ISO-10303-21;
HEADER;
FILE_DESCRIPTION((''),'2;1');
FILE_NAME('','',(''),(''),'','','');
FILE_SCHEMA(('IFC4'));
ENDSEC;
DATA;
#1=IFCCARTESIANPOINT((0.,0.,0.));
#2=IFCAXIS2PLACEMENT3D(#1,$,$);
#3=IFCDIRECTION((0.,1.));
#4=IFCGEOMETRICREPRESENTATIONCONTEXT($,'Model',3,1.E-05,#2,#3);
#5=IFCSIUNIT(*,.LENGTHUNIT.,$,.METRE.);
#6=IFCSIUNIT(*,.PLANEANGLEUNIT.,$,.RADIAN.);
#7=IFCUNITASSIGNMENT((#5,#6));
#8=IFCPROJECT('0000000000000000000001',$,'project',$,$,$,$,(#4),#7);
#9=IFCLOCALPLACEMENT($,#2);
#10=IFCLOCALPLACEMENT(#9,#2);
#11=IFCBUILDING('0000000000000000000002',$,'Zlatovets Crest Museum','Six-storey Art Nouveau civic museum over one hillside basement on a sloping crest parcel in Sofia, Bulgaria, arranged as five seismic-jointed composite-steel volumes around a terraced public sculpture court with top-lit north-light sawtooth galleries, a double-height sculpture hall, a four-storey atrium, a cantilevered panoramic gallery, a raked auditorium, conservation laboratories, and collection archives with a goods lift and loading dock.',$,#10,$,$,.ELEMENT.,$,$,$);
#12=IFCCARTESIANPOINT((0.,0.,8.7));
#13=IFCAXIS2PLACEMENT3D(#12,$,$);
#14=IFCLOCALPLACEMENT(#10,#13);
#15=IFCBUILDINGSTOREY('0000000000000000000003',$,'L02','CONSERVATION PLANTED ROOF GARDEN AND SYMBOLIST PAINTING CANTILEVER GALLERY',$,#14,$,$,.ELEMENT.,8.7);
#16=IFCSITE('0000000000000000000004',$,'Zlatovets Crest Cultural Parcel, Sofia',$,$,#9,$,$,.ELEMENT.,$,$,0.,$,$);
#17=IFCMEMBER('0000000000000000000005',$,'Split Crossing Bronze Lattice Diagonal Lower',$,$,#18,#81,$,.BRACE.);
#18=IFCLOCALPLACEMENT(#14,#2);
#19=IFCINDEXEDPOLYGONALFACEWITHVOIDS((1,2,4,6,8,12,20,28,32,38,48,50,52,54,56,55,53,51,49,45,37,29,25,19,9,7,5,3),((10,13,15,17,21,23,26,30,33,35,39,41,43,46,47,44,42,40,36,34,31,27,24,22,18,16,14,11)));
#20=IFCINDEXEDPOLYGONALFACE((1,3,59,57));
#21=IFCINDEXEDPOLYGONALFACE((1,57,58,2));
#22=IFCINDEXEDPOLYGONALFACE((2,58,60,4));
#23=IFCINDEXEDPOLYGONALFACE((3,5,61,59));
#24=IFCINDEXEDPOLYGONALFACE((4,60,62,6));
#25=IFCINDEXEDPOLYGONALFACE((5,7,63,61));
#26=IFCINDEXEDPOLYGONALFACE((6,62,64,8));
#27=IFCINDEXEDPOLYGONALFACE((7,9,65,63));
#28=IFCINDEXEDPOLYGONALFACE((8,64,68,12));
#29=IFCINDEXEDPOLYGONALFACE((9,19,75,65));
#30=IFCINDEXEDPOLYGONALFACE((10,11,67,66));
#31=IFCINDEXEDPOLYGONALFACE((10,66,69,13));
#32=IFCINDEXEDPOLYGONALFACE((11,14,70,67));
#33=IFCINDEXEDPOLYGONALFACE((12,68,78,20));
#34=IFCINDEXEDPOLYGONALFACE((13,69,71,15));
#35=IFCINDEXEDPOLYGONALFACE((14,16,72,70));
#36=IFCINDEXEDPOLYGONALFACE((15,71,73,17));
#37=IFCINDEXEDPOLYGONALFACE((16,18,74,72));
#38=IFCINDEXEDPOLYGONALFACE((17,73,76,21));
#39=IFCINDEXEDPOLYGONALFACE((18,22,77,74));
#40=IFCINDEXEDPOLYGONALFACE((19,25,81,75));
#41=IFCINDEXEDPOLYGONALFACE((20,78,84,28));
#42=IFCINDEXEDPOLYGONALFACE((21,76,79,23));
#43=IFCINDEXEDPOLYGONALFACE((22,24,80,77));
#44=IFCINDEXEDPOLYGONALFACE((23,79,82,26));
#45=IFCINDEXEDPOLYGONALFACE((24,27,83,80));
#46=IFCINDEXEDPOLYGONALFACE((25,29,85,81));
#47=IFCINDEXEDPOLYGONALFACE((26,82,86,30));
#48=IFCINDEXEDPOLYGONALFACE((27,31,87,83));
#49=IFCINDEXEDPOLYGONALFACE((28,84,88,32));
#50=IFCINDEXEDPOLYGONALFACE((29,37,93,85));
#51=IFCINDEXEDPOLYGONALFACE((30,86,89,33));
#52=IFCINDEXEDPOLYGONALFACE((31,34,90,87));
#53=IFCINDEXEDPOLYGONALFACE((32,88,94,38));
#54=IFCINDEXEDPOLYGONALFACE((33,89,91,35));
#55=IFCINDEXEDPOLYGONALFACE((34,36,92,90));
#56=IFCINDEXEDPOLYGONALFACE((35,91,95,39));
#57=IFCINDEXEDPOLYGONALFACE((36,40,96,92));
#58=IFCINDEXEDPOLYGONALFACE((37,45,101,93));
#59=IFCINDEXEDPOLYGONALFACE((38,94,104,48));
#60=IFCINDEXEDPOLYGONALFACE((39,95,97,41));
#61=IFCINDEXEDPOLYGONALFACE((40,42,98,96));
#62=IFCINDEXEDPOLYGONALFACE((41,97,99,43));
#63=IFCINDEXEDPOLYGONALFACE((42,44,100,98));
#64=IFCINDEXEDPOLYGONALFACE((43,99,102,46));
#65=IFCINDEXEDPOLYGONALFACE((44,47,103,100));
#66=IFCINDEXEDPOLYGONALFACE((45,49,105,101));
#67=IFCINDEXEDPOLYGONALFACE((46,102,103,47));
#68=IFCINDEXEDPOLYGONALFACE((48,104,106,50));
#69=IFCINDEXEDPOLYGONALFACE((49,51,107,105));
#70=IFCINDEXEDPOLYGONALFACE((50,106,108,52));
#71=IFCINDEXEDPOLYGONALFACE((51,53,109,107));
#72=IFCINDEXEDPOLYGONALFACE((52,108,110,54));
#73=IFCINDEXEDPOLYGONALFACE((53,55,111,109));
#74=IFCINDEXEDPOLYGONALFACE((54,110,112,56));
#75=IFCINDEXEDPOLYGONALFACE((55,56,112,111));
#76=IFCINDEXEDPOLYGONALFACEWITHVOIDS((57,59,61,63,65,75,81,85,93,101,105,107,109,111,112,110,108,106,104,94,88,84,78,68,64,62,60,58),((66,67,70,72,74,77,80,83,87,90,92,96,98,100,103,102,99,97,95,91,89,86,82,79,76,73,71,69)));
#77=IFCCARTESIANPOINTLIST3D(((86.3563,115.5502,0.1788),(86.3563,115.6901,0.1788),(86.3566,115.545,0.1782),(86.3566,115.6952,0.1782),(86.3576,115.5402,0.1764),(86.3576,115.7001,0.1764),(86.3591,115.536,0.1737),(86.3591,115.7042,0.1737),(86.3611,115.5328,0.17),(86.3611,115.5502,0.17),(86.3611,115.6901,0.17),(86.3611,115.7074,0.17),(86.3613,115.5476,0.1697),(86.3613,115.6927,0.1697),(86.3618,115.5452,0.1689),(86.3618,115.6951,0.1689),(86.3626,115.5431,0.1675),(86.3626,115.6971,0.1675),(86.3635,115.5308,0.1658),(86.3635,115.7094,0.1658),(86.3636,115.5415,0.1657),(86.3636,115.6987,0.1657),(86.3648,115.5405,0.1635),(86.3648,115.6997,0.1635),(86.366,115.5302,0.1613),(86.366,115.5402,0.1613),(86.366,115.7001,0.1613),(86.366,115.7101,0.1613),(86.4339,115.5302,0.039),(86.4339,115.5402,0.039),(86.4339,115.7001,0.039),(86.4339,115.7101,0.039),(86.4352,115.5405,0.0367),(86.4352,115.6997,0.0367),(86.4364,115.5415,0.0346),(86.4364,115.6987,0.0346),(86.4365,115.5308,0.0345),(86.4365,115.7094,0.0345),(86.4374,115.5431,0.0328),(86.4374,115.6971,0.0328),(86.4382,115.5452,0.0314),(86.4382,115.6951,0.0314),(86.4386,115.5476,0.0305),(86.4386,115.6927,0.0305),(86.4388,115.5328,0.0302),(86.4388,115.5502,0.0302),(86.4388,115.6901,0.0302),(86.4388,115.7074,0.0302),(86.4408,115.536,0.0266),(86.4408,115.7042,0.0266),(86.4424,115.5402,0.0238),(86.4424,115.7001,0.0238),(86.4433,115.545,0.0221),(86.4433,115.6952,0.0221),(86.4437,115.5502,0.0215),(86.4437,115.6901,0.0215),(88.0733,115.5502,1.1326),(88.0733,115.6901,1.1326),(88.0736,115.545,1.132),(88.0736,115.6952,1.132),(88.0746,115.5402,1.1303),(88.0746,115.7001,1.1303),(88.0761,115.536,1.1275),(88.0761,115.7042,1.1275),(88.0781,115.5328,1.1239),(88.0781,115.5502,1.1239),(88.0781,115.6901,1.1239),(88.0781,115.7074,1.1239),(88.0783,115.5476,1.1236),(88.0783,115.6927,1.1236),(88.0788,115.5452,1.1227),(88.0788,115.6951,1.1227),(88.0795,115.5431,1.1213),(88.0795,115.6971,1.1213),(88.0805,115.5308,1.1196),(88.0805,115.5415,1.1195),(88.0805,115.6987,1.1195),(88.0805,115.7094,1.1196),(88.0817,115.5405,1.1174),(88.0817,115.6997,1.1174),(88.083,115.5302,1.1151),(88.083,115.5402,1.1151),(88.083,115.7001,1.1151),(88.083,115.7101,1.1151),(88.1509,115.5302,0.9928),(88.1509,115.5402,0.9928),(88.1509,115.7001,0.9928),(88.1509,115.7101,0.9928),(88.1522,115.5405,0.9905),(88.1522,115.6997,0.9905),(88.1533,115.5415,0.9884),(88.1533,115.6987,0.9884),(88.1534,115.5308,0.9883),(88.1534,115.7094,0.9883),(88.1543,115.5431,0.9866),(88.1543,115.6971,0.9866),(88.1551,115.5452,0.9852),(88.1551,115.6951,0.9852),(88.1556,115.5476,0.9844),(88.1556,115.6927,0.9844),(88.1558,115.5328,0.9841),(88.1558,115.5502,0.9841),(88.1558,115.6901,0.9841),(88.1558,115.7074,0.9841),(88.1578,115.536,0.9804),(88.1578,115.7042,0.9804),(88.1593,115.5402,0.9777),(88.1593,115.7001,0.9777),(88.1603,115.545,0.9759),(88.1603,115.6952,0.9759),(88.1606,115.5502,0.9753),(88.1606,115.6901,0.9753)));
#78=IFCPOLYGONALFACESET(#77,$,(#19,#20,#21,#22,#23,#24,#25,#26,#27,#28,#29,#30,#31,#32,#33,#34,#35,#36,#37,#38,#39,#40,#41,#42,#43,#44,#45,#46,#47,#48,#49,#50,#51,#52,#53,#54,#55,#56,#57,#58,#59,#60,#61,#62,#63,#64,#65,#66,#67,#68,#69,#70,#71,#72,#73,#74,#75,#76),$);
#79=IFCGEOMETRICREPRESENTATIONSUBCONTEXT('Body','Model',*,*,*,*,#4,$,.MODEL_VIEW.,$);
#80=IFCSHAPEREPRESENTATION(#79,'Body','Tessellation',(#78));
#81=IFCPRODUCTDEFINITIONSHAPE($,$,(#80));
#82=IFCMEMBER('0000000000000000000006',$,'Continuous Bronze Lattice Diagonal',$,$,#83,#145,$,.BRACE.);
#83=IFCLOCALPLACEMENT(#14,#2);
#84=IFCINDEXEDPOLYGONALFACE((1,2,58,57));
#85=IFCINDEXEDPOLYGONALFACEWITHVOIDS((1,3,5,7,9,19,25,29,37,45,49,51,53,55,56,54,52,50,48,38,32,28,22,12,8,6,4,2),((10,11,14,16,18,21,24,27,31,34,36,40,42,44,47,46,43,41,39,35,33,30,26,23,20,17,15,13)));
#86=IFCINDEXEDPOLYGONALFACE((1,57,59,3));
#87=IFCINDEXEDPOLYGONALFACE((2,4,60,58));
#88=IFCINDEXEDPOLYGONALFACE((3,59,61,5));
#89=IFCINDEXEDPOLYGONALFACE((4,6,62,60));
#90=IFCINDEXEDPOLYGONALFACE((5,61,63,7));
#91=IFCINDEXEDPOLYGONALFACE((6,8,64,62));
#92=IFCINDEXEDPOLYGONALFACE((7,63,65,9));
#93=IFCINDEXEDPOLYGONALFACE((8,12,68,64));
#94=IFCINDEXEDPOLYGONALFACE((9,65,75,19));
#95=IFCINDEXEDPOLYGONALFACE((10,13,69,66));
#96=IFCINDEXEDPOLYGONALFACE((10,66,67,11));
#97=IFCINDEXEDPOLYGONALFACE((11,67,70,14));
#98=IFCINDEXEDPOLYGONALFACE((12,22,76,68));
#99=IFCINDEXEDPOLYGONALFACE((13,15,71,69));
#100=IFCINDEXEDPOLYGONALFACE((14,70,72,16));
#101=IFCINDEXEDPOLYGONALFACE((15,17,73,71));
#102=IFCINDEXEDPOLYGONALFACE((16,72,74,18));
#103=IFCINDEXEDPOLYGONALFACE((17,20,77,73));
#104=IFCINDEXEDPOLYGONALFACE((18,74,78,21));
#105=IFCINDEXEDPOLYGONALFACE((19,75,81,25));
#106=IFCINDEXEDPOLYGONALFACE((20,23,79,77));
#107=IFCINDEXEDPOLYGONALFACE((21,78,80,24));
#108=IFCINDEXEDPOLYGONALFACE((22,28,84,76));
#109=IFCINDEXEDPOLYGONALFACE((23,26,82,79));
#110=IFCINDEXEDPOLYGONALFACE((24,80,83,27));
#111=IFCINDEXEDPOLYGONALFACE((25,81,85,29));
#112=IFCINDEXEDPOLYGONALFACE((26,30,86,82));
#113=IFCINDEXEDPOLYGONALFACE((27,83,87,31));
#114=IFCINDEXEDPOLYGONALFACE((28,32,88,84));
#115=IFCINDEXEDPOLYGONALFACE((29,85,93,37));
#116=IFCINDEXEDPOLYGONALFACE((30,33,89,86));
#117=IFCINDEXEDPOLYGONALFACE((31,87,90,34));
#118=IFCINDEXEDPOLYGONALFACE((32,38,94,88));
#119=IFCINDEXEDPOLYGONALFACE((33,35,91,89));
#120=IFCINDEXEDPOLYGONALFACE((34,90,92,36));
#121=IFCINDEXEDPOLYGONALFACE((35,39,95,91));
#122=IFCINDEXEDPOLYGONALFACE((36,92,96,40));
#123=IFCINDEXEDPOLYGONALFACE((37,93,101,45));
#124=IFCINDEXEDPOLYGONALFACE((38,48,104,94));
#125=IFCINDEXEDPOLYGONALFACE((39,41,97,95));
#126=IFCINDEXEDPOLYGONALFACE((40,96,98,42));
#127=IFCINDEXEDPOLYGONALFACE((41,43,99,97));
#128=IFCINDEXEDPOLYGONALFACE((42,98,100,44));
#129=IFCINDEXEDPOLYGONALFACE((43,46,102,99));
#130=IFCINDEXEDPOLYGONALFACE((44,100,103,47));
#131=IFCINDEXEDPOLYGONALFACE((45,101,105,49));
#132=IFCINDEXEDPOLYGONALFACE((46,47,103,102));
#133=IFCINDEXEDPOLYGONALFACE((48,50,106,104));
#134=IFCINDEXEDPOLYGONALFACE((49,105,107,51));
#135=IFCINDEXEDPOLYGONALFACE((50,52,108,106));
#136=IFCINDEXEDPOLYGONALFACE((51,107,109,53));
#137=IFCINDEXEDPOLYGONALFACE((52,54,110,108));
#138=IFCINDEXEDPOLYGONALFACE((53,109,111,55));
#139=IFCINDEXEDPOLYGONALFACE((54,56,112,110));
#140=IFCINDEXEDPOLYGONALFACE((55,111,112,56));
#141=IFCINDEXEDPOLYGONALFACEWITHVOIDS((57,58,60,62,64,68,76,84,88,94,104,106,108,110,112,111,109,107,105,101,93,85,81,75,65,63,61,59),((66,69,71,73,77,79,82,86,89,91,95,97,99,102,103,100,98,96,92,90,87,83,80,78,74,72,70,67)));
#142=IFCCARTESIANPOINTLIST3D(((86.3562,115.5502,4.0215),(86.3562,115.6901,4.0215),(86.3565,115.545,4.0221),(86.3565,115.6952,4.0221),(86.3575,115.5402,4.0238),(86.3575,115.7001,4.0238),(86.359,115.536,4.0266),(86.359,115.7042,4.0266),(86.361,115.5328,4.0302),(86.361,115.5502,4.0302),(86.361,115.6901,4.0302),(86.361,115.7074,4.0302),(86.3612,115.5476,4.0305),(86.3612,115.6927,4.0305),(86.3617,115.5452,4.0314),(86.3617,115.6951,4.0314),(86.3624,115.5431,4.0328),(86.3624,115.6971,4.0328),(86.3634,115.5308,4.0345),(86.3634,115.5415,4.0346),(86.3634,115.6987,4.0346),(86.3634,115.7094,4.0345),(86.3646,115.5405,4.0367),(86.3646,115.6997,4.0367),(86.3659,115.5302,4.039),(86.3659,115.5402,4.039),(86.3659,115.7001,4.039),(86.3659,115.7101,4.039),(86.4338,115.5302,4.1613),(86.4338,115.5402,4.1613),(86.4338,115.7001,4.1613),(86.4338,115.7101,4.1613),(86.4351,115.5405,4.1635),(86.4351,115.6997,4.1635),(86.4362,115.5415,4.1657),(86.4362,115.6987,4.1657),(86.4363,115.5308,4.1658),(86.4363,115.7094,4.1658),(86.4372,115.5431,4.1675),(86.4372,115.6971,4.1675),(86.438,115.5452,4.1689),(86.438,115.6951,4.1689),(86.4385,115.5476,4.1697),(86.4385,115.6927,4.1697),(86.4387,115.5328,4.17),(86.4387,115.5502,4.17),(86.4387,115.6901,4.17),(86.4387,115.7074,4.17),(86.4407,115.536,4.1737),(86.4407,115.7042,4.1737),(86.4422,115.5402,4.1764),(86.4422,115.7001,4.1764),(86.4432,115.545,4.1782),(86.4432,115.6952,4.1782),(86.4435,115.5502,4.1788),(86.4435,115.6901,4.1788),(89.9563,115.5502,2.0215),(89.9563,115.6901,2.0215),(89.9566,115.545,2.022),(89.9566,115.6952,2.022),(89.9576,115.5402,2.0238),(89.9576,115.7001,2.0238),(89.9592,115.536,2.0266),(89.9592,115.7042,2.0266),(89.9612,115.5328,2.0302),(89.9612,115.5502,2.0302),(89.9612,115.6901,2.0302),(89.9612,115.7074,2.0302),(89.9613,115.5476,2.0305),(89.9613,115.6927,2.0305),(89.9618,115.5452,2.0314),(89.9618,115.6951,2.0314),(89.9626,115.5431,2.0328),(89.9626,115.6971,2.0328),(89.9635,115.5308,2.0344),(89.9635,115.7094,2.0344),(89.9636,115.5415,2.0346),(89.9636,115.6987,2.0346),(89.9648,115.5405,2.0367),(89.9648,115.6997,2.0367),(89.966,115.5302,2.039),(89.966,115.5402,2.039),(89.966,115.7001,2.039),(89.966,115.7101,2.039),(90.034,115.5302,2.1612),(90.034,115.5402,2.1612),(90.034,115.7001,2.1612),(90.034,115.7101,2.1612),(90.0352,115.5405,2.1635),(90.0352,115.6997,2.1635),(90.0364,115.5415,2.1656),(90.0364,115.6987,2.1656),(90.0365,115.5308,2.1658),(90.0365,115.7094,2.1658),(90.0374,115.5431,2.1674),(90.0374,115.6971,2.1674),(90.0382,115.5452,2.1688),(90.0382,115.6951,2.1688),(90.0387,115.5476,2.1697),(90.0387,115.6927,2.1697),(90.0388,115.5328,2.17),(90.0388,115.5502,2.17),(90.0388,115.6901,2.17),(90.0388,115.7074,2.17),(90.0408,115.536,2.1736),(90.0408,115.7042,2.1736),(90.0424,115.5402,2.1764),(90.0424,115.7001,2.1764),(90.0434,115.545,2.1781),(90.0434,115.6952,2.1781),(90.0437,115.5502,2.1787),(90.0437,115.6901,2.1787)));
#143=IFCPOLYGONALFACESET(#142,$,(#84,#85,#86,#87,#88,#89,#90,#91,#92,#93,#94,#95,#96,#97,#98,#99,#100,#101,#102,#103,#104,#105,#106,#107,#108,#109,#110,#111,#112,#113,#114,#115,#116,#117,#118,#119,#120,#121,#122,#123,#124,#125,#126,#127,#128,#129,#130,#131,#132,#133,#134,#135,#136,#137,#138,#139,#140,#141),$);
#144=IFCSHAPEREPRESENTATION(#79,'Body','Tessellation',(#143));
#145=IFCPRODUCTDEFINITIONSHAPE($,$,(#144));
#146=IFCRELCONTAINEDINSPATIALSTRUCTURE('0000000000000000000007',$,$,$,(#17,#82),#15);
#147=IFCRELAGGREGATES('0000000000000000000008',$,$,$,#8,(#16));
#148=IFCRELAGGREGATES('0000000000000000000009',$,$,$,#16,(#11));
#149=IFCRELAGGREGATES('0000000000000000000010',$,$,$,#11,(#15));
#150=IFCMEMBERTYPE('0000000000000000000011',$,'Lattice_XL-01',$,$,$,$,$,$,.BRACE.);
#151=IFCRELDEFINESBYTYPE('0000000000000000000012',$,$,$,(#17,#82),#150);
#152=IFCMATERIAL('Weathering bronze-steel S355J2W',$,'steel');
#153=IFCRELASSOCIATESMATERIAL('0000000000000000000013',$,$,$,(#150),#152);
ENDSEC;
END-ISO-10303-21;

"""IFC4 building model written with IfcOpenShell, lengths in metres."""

from ifc_helpers import new_model, si_unit, direction, frame, origin, origin_2d, place, context, subcontext, project, spatial, hollow_rectangle, extrude, material, material_profile, profile_set, type_object, element, save


model = new_model("IFC4")

# Units and contexts
model_context = context("Model", 3, precision=1e-05, world=origin(), true_north=direction((0.0, 1.0)))
body_context = subcontext(model_context, "Body", "Model", "MODEL_VIEW")
ifc_project = project(units=[si_unit("LENGTHUNIT", "METRE"), si_unit("PLANEANGLEUNIT", "RADIAN")], contexts=[model_context])

# Site, building, storey
site_placement = place(None, origin())
site = spatial("IfcSite", under=ifc_project, at=site_placement, Name="Zlatovets Crest Cultural Parcel, Sofia", CompositionType="ELEMENT", RefElevation=0.0)
building_placement = place(site_placement, origin())
building = spatial("IfcBuilding", under=site, at=building_placement, Name="Zlatovets Crest Museum", Description="Six-storey Art Nouveau civic museum over one hillside basement on a sloping crest parcel in Sofia, Bulgaria, arranged as five seismic-jointed composite-steel volumes around a terraced public sculpture court with top-lit north-light sawtooth galleries, a double-height sculpture hall, a four-storey atrium, a cantilevered panoramic gallery, a raked auditorium, conservation laboratories, and collection archives with a goods lift and loading dock.", CompositionType="ELEMENT")
storey_placement = place(building_placement, frame((0.0, 0.0, 8.7)))
storey = spatial("IfcBuildingStorey", under=building, at=storey_placement, Name="L02", Description="CONSERVATION PLANTED ROOF GARDEN AND SYMBOLIST PAINTING CANTILEVER GALLERY", CompositionType="ELEMENT", Elevation=8.7)

# Members
ifc_material_1 = material(Name="Weathering bronze-steel S355J2W", Category="steel")
ifc_material_profile_1 = material_profile(ifc_material_1, hollow_rectangle(XDim=0.1799, YDim=0.1799, WallThickness=0.01, InnerFilletRadius=0.01, OuterFilletRadius=0.02, at=origin_2d()), Name="SHS 180x180x10.0")
ifc_profile_set_1 = profile_set([ifc_material_profile_1], Name="Weathering bronze-steel S355J2W")
member_type_1 = type_object("IfcMemberType", Name="Lattice_XL-01", PredefinedType="BRACE", material=ifc_profile_set_1)
for number, where, z_axis, x_axis, name in (
    (1, (88.1169, 115.6201, 1.054), (-0.874169, 0.0, -0.485622), (0.0, -1.0, 0.0), "Split Crossing Bronze Lattice Diagonal Lower"),
):
    element("IfcMember", number, at=place(storey_placement, frame(where, z_axis=z_axis, x_axis=x_axis)), inside=storey, type_object=member_type_1, Name=name, PredefinedType="BRACE", context=body_context, shape_type="SweptSolid", body=[
        extrude(hollow_rectangle(XDim=0.1799, YDim=0.1799, WallThickness=0.01, InnerFilletRadius=0.01, OuterFilletRadius=0.02, at=origin_2d()), origin(), (0.0, 0.0, 1.0), 1.9641),
    ])
member_1_placement = place(storey_placement, frame((90.0, 115.6201, 2.1001), z_axis=(-0.874163, 0.0, 0.485633), x_axis=(0.0, -1.0, 0.0)))
element("IfcMember", 2, at=member_1_placement, inside=storey, type_object=member_type_1, Name="Continuous Bronze Lattice Diagonal", PredefinedType="BRACE", context=body_context, shape_type="SweptSolid", body=[
    extrude(hollow_rectangle(XDim=0.1799, YDim=0.1799, WallThickness=0.01, InnerFilletRadius=0.01, OuterFilletRadius=0.02, at=origin_2d()), origin(), (0.0, 0.0, 1.0), 4.1184),
])

save(model, "model.ifc")
